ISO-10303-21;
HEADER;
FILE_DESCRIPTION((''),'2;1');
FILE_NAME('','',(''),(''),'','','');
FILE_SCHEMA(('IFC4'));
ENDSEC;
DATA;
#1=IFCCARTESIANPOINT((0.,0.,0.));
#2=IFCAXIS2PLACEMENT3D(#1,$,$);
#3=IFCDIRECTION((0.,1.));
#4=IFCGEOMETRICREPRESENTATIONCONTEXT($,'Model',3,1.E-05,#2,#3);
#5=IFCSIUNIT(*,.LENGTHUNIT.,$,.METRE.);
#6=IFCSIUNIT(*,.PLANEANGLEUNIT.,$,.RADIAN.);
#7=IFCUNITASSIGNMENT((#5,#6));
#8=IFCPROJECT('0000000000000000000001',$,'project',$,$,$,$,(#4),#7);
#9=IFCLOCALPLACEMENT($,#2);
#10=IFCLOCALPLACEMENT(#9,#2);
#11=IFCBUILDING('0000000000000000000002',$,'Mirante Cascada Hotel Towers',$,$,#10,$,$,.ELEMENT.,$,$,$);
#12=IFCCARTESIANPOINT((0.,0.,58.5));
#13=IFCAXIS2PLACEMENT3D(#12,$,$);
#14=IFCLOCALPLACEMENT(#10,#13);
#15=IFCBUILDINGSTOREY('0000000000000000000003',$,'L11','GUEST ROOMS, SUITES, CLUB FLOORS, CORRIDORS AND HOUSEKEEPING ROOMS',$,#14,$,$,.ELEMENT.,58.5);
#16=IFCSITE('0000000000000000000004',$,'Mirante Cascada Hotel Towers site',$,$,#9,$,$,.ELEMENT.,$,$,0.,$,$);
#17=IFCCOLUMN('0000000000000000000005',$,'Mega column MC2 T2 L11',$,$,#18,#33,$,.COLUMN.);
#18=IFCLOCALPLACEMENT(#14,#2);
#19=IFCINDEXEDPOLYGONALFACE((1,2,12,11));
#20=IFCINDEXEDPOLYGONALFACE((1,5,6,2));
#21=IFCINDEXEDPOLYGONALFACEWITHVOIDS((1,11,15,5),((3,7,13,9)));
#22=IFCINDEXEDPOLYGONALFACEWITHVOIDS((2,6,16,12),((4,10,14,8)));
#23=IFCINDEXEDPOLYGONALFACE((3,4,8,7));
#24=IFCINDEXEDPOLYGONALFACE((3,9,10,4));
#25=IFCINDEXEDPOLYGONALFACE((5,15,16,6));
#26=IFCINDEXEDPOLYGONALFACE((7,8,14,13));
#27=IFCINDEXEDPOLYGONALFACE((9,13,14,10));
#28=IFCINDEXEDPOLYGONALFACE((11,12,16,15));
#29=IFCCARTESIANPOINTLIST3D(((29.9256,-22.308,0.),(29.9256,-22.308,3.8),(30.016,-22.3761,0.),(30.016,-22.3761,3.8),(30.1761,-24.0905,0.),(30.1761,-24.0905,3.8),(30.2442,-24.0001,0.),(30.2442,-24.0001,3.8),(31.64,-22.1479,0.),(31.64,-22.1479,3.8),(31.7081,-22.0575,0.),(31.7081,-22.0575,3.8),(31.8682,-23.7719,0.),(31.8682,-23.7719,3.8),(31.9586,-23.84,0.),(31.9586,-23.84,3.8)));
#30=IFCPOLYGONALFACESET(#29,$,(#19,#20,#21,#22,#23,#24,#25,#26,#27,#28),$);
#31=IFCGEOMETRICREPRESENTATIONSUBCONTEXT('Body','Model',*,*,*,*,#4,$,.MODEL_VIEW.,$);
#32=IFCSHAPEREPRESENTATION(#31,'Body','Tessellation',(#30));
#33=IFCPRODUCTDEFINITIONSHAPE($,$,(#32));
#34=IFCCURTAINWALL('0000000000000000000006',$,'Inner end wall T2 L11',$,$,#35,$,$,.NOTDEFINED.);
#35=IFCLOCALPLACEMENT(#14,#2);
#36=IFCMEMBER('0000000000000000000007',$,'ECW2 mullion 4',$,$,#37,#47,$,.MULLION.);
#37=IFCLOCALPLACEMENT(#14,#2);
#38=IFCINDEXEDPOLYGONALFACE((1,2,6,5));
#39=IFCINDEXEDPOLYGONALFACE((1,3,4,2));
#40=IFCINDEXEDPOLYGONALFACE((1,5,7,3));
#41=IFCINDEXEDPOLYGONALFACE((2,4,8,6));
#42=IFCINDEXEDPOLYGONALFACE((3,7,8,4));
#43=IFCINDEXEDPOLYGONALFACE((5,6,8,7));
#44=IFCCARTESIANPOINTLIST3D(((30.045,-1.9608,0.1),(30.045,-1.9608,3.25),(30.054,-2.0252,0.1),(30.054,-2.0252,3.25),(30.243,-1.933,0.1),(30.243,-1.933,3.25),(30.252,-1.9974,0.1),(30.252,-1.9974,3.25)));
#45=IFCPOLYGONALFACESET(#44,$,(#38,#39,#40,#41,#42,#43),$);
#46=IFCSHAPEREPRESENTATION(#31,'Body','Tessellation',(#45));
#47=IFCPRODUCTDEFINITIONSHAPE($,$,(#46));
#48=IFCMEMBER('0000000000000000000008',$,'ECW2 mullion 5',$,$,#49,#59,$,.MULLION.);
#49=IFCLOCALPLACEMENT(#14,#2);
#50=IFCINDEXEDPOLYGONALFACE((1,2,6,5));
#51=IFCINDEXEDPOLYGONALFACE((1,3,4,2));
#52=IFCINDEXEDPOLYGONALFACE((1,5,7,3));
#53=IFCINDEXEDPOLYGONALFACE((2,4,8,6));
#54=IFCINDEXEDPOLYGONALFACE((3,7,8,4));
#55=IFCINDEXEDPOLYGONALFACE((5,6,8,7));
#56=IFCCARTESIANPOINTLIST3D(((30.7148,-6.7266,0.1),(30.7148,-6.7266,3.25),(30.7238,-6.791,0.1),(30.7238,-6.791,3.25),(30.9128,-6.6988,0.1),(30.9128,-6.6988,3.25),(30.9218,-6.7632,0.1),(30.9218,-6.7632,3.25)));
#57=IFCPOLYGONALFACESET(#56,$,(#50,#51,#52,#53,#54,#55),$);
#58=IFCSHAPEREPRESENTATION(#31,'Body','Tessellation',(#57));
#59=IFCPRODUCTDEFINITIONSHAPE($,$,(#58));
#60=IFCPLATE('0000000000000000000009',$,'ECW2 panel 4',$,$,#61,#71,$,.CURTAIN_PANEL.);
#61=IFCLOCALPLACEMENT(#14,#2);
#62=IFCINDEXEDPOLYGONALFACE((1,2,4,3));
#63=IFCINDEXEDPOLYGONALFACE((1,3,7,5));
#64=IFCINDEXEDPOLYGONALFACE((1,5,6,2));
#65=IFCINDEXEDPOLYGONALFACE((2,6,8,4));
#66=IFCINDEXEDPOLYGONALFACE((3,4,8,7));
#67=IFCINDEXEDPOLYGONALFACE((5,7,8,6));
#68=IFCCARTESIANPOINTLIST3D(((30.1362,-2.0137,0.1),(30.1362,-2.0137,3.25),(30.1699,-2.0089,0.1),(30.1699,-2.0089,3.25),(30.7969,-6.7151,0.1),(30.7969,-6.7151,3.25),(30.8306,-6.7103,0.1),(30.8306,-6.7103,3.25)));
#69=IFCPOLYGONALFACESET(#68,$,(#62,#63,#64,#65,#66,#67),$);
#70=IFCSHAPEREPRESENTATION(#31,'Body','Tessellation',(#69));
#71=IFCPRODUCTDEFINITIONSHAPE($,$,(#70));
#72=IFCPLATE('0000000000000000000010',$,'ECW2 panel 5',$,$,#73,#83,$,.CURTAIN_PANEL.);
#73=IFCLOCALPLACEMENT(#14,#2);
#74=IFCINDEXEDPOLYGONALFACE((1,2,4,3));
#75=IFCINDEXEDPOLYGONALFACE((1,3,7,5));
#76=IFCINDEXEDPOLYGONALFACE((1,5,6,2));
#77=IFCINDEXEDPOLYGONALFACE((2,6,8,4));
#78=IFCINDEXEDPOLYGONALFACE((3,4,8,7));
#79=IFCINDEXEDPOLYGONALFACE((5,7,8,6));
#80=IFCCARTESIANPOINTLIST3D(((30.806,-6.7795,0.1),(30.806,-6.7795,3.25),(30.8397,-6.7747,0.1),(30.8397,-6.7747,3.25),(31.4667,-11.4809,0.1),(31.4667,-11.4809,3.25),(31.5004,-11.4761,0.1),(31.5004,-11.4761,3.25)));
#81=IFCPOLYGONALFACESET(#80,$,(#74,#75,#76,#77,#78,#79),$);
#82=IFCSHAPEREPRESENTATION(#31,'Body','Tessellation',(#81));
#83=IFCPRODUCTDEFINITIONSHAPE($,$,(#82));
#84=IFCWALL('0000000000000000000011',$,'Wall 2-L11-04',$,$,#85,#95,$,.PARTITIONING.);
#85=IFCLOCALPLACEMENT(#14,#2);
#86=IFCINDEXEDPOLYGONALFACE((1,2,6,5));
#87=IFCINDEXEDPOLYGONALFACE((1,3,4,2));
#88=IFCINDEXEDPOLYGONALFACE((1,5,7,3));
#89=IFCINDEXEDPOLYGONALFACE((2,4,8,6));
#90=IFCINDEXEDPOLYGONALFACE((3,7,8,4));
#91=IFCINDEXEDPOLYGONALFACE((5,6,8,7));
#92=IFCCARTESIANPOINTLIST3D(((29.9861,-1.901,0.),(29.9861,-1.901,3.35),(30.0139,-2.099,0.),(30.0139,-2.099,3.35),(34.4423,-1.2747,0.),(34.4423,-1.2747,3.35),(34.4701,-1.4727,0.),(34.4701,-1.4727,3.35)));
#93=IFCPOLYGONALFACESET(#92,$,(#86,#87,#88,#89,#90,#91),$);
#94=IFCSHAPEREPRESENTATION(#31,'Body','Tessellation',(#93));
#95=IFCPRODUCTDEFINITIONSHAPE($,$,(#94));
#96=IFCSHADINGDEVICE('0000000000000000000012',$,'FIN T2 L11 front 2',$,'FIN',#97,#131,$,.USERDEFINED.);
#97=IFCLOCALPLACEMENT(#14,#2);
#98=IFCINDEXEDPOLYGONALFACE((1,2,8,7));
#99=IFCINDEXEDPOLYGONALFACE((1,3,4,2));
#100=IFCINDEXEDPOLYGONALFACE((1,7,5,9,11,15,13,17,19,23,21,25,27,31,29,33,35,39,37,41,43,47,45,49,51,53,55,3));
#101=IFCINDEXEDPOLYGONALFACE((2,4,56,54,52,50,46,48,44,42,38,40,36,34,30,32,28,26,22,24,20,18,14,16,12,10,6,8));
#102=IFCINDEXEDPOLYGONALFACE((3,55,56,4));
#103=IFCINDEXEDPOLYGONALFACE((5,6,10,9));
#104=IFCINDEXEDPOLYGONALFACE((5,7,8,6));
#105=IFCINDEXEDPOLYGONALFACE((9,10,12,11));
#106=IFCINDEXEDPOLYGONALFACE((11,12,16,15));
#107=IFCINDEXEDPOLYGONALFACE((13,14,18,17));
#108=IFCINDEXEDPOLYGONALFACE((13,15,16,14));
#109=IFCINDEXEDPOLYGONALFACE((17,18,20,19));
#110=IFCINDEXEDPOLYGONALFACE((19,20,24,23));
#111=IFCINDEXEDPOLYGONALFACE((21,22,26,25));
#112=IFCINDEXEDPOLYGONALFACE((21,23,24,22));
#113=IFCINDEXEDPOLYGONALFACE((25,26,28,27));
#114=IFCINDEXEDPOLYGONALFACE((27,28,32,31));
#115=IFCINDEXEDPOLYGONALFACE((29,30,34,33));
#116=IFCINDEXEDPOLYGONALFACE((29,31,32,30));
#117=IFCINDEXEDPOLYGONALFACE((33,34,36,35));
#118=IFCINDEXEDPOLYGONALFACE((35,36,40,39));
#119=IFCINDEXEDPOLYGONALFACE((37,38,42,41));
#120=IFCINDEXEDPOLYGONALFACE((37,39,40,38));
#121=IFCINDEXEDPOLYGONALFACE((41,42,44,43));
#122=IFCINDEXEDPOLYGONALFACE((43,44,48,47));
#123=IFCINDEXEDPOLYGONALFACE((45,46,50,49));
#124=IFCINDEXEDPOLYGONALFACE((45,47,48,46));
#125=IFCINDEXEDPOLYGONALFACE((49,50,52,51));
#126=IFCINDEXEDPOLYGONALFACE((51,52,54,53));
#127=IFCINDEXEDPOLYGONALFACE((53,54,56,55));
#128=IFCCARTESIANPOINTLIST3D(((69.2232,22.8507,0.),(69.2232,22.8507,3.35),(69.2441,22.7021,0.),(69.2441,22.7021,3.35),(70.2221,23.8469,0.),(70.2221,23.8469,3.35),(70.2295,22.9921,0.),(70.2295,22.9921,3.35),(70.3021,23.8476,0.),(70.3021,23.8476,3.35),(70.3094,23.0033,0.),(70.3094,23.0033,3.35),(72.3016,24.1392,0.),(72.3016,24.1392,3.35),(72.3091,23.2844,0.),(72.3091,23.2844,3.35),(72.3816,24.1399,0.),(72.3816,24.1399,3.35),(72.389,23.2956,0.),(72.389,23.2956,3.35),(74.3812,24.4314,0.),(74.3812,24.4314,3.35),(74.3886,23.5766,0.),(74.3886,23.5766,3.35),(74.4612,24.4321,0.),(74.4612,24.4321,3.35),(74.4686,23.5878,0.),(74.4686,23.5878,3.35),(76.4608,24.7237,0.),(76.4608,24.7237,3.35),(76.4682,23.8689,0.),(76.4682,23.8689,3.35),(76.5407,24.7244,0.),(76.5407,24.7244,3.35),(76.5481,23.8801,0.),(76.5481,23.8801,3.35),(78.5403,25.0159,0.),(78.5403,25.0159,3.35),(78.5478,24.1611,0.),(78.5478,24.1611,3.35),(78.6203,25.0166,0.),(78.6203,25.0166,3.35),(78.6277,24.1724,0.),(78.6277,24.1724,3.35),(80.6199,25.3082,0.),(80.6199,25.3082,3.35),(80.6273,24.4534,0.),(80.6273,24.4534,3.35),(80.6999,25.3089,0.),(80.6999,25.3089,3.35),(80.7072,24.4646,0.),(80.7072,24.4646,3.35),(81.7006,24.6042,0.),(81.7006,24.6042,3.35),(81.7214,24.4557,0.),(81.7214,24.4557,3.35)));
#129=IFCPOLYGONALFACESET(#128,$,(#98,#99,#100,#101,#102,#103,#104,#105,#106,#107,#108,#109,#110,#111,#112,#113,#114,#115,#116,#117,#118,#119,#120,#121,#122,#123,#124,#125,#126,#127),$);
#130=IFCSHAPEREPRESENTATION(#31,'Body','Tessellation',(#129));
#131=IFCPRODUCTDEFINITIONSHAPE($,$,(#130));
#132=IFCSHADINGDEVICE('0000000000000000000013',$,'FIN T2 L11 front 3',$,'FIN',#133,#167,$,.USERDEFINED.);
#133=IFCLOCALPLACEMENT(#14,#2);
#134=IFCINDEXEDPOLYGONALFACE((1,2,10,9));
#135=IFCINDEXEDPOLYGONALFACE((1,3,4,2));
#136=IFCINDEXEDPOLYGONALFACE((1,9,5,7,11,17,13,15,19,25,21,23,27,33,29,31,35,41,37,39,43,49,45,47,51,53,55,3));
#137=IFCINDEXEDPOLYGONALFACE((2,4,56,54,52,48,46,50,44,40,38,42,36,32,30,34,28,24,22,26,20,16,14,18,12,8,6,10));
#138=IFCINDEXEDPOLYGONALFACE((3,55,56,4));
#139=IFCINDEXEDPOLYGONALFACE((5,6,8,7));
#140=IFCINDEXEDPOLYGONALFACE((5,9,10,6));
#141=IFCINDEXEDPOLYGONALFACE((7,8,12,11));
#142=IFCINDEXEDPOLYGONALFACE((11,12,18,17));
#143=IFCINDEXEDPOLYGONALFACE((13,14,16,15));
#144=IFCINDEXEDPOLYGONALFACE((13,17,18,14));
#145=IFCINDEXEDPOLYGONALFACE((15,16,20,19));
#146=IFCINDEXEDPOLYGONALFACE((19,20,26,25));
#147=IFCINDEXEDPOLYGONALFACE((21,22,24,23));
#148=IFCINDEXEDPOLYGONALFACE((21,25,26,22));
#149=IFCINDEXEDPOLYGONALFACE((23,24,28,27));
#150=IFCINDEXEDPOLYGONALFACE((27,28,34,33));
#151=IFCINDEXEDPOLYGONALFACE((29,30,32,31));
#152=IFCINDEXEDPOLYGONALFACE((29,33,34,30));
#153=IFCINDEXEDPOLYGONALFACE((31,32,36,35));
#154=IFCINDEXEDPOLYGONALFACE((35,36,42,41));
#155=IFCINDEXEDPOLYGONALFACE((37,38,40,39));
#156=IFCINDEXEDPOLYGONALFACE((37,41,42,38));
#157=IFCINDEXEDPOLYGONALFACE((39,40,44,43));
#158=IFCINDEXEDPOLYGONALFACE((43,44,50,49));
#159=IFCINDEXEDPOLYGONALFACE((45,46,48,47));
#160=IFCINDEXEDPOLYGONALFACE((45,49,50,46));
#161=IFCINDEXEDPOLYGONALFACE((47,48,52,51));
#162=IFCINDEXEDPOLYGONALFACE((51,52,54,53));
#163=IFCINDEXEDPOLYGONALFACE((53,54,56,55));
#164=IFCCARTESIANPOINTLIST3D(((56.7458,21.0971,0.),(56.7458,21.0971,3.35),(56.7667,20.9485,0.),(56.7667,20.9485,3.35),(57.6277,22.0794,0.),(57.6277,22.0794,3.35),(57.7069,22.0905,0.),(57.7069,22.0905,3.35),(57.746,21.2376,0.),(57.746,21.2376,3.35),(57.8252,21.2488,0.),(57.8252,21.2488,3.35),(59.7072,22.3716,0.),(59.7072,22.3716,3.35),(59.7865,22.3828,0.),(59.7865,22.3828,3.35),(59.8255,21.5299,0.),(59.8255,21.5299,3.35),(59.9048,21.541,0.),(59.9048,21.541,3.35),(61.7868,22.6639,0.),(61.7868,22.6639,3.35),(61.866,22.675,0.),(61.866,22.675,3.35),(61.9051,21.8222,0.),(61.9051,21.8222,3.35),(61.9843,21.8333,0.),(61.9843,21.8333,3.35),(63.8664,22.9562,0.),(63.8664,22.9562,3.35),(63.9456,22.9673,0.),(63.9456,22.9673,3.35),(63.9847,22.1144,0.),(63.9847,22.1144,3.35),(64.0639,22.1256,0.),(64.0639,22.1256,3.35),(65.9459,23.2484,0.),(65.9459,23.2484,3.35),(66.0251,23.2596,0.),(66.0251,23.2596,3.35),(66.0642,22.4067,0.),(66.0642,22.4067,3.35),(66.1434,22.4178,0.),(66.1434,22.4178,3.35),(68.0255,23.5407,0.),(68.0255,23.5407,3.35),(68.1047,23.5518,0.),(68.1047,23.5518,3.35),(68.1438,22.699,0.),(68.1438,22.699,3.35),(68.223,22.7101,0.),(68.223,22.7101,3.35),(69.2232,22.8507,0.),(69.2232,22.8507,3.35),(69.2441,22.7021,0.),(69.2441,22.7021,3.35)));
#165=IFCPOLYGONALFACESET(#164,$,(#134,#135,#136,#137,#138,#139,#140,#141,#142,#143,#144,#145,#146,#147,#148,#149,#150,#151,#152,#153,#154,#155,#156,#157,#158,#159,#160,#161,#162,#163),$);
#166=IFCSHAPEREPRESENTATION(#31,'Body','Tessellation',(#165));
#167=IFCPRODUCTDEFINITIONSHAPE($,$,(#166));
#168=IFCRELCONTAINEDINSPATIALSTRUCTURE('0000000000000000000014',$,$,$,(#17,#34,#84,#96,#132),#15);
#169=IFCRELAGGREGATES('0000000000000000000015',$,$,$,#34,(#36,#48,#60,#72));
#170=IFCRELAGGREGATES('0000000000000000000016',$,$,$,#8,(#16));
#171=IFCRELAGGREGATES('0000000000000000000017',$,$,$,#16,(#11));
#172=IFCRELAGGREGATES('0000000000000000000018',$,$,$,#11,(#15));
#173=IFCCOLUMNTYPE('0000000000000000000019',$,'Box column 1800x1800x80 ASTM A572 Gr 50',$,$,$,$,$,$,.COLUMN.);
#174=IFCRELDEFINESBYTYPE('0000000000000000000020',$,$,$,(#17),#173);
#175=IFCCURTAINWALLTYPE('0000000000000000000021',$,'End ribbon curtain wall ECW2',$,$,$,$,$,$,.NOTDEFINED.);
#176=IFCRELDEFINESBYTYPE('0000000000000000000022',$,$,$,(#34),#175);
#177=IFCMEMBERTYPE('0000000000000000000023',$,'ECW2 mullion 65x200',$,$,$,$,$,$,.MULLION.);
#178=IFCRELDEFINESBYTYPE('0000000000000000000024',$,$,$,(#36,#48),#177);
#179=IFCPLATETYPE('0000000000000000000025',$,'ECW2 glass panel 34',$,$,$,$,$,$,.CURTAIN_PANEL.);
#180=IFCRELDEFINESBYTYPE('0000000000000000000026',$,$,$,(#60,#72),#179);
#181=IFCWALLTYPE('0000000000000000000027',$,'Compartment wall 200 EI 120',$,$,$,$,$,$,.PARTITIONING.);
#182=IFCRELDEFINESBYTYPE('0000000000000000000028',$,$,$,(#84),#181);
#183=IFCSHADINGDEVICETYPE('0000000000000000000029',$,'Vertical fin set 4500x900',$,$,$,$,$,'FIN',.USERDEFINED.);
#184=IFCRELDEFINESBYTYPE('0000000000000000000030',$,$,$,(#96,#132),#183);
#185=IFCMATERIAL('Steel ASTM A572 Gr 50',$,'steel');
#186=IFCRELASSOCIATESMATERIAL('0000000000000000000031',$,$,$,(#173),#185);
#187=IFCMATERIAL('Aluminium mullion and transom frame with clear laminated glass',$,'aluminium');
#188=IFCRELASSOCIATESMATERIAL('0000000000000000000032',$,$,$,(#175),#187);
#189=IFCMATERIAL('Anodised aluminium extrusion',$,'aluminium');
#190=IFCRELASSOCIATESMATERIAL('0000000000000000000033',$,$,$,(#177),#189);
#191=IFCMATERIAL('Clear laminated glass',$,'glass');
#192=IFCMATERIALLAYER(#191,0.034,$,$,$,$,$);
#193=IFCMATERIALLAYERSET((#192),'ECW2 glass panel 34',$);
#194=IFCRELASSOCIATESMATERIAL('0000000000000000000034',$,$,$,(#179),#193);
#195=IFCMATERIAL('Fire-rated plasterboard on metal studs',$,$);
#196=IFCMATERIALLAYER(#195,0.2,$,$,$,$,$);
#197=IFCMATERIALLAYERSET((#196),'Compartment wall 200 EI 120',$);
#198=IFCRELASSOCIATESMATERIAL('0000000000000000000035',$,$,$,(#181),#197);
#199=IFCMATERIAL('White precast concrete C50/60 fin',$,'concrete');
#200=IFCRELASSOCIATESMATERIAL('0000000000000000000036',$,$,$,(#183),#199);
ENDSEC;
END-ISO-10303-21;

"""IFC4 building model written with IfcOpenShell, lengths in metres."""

from ifc_helpers import new_model, si_unit, direction, frame, frame_2d, origin, origin_2d, place, context, subcontext, project, spatial, polyline, rectangle, hollow_rectangle, outline, extrude, material, layer, layer_set, material_profile, profile_set, type_object, element, aggregate, save


model = new_model("IFC4")

# Units and contexts
model_context = context("Model", 3, precision=1e-05, world=origin(), true_north=direction((0.0, 1.0)))
body_context = subcontext(model_context, "Body", "Model", "MODEL_VIEW")
ifc_project = project(units=[si_unit("LENGTHUNIT", "METRE"), si_unit("PLANEANGLEUNIT", "RADIAN")], contexts=[model_context])

# Site, building, storey
site_placement = place(None, origin())
site = spatial("IfcSite", under=ifc_project, at=site_placement, Name="Mirante Cascada Hotel Towers site", CompositionType="ELEMENT", RefElevation=0.0)
building_placement = place(site_placement, origin())
building = spatial("IfcBuilding", under=site, at=building_placement, Name="Mirante Cascada Hotel Towers", CompositionType="ELEMENT")
storey_placement = place(building_placement, frame((0.0, 0.0, 58.5)))
storey = spatial("IfcBuildingStorey", under=building, at=storey_placement, Name="L11", Description="GUEST ROOMS, SUITES, CLUB FLOORS, CORRIDORS AND HOUSEKEEPING ROOMS", CompositionType="ELEMENT", Elevation=58.5)

# Column
ifc_material_1 = material(Name="Steel ASTM A572 Gr 50", Category="steel")
ifc_material_profile_1 = material_profile(ifc_material_1, hollow_rectangle(XDim=1.8, YDim=1.8, WallThickness=0.08, at=origin_2d()), Name="Box column 1800x1800x80 ASTM A572 Gr 50")
ifc_profile_set_1 = profile_set([ifc_material_profile_1], Name="Steel ASTM A572 Gr 50")
column_type = type_object("IfcColumnType", Name="Box column 1800x1800x80 ASTM A572 Gr 50", PredefinedType="COLUMN", material=ifc_profile_set_1)
column_placement = place(storey_placement, frame((30.9421, -23.074, 0.0), z_axis=(0.0, 0.0, 1.0), x_axis=(0.990268, 0.139173, 0.0)))
element("IfcColumn", 1, at=column_placement, inside=storey, type_object=column_type, Name="Mega column MC2 T2 L11", PredefinedType="COLUMN", context=body_context, shape_type="SweptSolid", body=[
    extrude(hollow_rectangle(XDim=1.8, YDim=1.8, WallThickness=0.08, at=origin_2d()), origin(), (0.0, 0.0, 1.0), 3.8),
])

# Curtain wall, members, plates
ifc_material_2 = material(Name="Aluminium mullion and transom frame with clear laminated glass", Category="aluminium")
curtain_wall_type = type_object("IfcCurtainWallType", Name="End ribbon curtain wall ECW2", PredefinedType="NOTDEFINED", material=ifc_material_2)
curtain_wall_placement = place(storey_placement, origin())
curtain_wall = element("IfcCurtainWall", 2, at=curtain_wall_placement, inside=storey, type_object=curtain_wall_type, Name="Inner end wall T2 L11", PredefinedType="NOTDEFINED")
ifc_material_3 = material(Name="Anodised aluminium extrusion", Category="aluminium")
ifc_material_profile_2 = material_profile(ifc_material_3, rectangle(XDim=0.2, YDim=0.065, at=origin_2d()), Name="ECW2 MULLION 65x200")
ifc_profile_set_2 = profile_set([ifc_material_profile_2], Name="Anodised aluminium extrusion")
member_type = type_object("IfcMemberType", Name="ECW2 mullion 65x200", PredefinedType="MULLION", material=ifc_profile_set_2)
member_1_placement = place(storey_placement, frame((30.1485, -1.9791, 0.1), z_axis=(0.0, 0.0, 1.0), x_axis=(0.990268, 0.139173, 0.0)))
member_1 = element("IfcMember", 3, at=member_1_placement, type_object=member_type, Name="ECW2 mullion 4", PredefinedType="MULLION", context=body_context, shape_type="SweptSolid", body=[
    extrude(rectangle(XDim=0.2, YDim=0.065, at=origin_2d()), origin(), (0.0, 0.0, 1.0), 3.15),
])
member_2_placement = place(storey_placement, frame((30.8183, -6.7449, 0.1), z_axis=(0.0, 0.0, 1.0), x_axis=(0.990268, 0.139173, 0.0)))
member_2 = element("IfcMember", 4, at=member_2_placement, type_object=member_type, Name="ECW2 mullion 5", PredefinedType="MULLION", context=body_context, shape_type="SweptSolid", body=[
    extrude(rectangle(XDim=0.2, YDim=0.065, at=origin_2d()), origin(), (0.0, 0.0, 1.0), 3.15),
])
ifc_material_4 = material(Name="Clear laminated glass", Category="glass")
ifc_layer_1 = layer(ifc_material_4, 0.034)
ifc_layer_set_1 = layer_set([ifc_layer_1], Name="ECW2 glass panel 34")
plate_type = type_object("IfcPlateType", Name="ECW2 glass panel 34", PredefinedType="CURTAIN_PANEL", material=ifc_layer_set_1)
plate_1_placement = place(storey_placement, frame((30.4834, -4.362, 0.1), z_axis=(0.0, 0.0, 1.0), x_axis=(0.139173, -0.990268, 0.0)))
plate_1 = element("IfcPlate", 5, at=plate_1_placement, type_object=plate_type, Name="ECW2 panel 4", PredefinedType="CURTAIN_PANEL", context=body_context, shape_type="SweptSolid", body=[
    extrude(rectangle(XDim=4.7476, YDim=0.034, at=origin_2d()), origin(), (0.0, 0.0, 1.0), 3.15),
])
plate_2_placement = place(storey_placement, frame((31.1532, -9.1278, 0.1), z_axis=(0.0, 0.0, 1.0), x_axis=(0.139173, -0.990268, 0.0)))
plate_2 = element("IfcPlate", 6, at=plate_2_placement, type_object=plate_type, Name="ECW2 panel 5", PredefinedType="CURTAIN_PANEL", context=body_context, shape_type="SweptSolid", body=[
    extrude(rectangle(XDim=4.7476, YDim=0.034, at=origin_2d()), origin(), (0.0, 0.0, 1.0), 3.15),
])
aggregate(curtain_wall, [member_1, member_2, plate_1, plate_2])

# Wall
ifc_material_5 = material(Name="Fire-rated plasterboard on metal studs")
ifc_layer_2 = layer(ifc_material_5, 0.2)
ifc_layer_set_2 = layer_set([ifc_layer_2], Name="Compartment wall 200 EI 120")
wall_type = type_object("IfcWallType", Name="Compartment wall 200 EI 120", PredefinedType="PARTITIONING", material=ifc_layer_set_2)
wall_placement = place(storey_placement, frame((30.0, -2.0, 0.0), z_axis=(0.0, 0.0, 1.0), x_axis=(0.990267, 0.139178, 0.0)))
element("IfcWall", 7, at=wall_placement, inside=storey, type_object=wall_type, Name="Wall 2-L11-04", PredefinedType="PARTITIONING", context=body_context, shape_type="SweptSolid", body=[
    extrude(rectangle(XDim=4.5, YDim=0.2, at=frame_2d((2.25, 0.0))), origin(), (0.0, 0.0, 1.0), 3.35),
])

# Shading devices
ifc_material_6 = material(Name="White precast concrete C50/60 fin", Category="concrete")
shading_device_type = type_object("IfcShadingDeviceType", Name="Vertical fin set 4500x900", ElementType="FIN", PredefinedType="USERDEFINED", material=ifc_material_6)
shading_device_1_placement = place(storey_placement, origin())
element("IfcShadingDevice", 8, at=shading_device_1_placement, inside=storey, type_object=shading_device_type, Name="FIN T2 L11 front 2", ObjectType="FIN", PredefinedType="USERDEFINED", context=body_context, shape_type="SweptSolid", body=[
    extrude(outline(polyline([(70.3021, 23.8476), (70.3094, 23.0033), (72.3091, 23.2844), (72.3016, 24.1392), (72.3816, 24.1399), (72.389, 23.2956), (74.3886, 23.5766), (74.3812, 24.4314), (74.4612, 24.4321), (74.4686, 23.5878), (76.4682, 23.8689), (76.4608, 24.7237), (76.5407, 24.7244), (76.5481, 23.8801), (78.5478, 24.1611), (78.5403, 25.0159), (78.6203, 25.0166), (78.6277, 24.1724), (80.6273, 24.4534), (80.6199, 25.3082), (80.6999, 25.3089), (80.7072, 24.4646), (81.7006, 24.6042), (81.7214, 24.4557), (69.2441, 22.7021), (69.2232, 22.8507), (70.2295, 22.9921), (70.2221, 23.8469), (70.3021, 23.8476)])), origin(), (0.0, 0.0, 1.0), 3.35),
])
shading_device_2_placement = place(storey_placement, origin())
element("IfcShadingDevice", 9, at=shading_device_2_placement, inside=storey, type_object=shading_device_type, Name="FIN T2 L11 front 3", ObjectType="FIN", PredefinedType="USERDEFINED", context=body_context, shape_type="SweptSolid", body=[
    extrude(outline(polyline([(57.7069, 22.0905), (57.8252, 21.2488), (59.8255, 21.5299), (59.7072, 22.3716), (59.7865, 22.3828), (59.9048, 21.541), (61.9051, 21.8222), (61.7868, 22.6639), (61.866, 22.675), (61.9843, 21.8333), (63.9847, 22.1144), (63.8664, 22.9562), (63.9456, 22.9673), (64.0639, 22.1256), (66.0642, 22.4067), (65.9459, 23.2484), (66.0251, 23.2596), (66.1434, 22.4178), (68.1438, 22.699), (68.0255, 23.5407), (68.1047, 23.5518), (68.223, 22.7101), (69.2232, 22.8507), (69.2441, 22.7021), (56.7667, 20.9485), (56.7458, 21.0971), (57.746, 21.2376), (57.6277, 22.0794), (57.7069, 22.0905)])), origin(), (0.0, 0.0, 1.0), 3.35),
])

save(model, "model.ifc")
